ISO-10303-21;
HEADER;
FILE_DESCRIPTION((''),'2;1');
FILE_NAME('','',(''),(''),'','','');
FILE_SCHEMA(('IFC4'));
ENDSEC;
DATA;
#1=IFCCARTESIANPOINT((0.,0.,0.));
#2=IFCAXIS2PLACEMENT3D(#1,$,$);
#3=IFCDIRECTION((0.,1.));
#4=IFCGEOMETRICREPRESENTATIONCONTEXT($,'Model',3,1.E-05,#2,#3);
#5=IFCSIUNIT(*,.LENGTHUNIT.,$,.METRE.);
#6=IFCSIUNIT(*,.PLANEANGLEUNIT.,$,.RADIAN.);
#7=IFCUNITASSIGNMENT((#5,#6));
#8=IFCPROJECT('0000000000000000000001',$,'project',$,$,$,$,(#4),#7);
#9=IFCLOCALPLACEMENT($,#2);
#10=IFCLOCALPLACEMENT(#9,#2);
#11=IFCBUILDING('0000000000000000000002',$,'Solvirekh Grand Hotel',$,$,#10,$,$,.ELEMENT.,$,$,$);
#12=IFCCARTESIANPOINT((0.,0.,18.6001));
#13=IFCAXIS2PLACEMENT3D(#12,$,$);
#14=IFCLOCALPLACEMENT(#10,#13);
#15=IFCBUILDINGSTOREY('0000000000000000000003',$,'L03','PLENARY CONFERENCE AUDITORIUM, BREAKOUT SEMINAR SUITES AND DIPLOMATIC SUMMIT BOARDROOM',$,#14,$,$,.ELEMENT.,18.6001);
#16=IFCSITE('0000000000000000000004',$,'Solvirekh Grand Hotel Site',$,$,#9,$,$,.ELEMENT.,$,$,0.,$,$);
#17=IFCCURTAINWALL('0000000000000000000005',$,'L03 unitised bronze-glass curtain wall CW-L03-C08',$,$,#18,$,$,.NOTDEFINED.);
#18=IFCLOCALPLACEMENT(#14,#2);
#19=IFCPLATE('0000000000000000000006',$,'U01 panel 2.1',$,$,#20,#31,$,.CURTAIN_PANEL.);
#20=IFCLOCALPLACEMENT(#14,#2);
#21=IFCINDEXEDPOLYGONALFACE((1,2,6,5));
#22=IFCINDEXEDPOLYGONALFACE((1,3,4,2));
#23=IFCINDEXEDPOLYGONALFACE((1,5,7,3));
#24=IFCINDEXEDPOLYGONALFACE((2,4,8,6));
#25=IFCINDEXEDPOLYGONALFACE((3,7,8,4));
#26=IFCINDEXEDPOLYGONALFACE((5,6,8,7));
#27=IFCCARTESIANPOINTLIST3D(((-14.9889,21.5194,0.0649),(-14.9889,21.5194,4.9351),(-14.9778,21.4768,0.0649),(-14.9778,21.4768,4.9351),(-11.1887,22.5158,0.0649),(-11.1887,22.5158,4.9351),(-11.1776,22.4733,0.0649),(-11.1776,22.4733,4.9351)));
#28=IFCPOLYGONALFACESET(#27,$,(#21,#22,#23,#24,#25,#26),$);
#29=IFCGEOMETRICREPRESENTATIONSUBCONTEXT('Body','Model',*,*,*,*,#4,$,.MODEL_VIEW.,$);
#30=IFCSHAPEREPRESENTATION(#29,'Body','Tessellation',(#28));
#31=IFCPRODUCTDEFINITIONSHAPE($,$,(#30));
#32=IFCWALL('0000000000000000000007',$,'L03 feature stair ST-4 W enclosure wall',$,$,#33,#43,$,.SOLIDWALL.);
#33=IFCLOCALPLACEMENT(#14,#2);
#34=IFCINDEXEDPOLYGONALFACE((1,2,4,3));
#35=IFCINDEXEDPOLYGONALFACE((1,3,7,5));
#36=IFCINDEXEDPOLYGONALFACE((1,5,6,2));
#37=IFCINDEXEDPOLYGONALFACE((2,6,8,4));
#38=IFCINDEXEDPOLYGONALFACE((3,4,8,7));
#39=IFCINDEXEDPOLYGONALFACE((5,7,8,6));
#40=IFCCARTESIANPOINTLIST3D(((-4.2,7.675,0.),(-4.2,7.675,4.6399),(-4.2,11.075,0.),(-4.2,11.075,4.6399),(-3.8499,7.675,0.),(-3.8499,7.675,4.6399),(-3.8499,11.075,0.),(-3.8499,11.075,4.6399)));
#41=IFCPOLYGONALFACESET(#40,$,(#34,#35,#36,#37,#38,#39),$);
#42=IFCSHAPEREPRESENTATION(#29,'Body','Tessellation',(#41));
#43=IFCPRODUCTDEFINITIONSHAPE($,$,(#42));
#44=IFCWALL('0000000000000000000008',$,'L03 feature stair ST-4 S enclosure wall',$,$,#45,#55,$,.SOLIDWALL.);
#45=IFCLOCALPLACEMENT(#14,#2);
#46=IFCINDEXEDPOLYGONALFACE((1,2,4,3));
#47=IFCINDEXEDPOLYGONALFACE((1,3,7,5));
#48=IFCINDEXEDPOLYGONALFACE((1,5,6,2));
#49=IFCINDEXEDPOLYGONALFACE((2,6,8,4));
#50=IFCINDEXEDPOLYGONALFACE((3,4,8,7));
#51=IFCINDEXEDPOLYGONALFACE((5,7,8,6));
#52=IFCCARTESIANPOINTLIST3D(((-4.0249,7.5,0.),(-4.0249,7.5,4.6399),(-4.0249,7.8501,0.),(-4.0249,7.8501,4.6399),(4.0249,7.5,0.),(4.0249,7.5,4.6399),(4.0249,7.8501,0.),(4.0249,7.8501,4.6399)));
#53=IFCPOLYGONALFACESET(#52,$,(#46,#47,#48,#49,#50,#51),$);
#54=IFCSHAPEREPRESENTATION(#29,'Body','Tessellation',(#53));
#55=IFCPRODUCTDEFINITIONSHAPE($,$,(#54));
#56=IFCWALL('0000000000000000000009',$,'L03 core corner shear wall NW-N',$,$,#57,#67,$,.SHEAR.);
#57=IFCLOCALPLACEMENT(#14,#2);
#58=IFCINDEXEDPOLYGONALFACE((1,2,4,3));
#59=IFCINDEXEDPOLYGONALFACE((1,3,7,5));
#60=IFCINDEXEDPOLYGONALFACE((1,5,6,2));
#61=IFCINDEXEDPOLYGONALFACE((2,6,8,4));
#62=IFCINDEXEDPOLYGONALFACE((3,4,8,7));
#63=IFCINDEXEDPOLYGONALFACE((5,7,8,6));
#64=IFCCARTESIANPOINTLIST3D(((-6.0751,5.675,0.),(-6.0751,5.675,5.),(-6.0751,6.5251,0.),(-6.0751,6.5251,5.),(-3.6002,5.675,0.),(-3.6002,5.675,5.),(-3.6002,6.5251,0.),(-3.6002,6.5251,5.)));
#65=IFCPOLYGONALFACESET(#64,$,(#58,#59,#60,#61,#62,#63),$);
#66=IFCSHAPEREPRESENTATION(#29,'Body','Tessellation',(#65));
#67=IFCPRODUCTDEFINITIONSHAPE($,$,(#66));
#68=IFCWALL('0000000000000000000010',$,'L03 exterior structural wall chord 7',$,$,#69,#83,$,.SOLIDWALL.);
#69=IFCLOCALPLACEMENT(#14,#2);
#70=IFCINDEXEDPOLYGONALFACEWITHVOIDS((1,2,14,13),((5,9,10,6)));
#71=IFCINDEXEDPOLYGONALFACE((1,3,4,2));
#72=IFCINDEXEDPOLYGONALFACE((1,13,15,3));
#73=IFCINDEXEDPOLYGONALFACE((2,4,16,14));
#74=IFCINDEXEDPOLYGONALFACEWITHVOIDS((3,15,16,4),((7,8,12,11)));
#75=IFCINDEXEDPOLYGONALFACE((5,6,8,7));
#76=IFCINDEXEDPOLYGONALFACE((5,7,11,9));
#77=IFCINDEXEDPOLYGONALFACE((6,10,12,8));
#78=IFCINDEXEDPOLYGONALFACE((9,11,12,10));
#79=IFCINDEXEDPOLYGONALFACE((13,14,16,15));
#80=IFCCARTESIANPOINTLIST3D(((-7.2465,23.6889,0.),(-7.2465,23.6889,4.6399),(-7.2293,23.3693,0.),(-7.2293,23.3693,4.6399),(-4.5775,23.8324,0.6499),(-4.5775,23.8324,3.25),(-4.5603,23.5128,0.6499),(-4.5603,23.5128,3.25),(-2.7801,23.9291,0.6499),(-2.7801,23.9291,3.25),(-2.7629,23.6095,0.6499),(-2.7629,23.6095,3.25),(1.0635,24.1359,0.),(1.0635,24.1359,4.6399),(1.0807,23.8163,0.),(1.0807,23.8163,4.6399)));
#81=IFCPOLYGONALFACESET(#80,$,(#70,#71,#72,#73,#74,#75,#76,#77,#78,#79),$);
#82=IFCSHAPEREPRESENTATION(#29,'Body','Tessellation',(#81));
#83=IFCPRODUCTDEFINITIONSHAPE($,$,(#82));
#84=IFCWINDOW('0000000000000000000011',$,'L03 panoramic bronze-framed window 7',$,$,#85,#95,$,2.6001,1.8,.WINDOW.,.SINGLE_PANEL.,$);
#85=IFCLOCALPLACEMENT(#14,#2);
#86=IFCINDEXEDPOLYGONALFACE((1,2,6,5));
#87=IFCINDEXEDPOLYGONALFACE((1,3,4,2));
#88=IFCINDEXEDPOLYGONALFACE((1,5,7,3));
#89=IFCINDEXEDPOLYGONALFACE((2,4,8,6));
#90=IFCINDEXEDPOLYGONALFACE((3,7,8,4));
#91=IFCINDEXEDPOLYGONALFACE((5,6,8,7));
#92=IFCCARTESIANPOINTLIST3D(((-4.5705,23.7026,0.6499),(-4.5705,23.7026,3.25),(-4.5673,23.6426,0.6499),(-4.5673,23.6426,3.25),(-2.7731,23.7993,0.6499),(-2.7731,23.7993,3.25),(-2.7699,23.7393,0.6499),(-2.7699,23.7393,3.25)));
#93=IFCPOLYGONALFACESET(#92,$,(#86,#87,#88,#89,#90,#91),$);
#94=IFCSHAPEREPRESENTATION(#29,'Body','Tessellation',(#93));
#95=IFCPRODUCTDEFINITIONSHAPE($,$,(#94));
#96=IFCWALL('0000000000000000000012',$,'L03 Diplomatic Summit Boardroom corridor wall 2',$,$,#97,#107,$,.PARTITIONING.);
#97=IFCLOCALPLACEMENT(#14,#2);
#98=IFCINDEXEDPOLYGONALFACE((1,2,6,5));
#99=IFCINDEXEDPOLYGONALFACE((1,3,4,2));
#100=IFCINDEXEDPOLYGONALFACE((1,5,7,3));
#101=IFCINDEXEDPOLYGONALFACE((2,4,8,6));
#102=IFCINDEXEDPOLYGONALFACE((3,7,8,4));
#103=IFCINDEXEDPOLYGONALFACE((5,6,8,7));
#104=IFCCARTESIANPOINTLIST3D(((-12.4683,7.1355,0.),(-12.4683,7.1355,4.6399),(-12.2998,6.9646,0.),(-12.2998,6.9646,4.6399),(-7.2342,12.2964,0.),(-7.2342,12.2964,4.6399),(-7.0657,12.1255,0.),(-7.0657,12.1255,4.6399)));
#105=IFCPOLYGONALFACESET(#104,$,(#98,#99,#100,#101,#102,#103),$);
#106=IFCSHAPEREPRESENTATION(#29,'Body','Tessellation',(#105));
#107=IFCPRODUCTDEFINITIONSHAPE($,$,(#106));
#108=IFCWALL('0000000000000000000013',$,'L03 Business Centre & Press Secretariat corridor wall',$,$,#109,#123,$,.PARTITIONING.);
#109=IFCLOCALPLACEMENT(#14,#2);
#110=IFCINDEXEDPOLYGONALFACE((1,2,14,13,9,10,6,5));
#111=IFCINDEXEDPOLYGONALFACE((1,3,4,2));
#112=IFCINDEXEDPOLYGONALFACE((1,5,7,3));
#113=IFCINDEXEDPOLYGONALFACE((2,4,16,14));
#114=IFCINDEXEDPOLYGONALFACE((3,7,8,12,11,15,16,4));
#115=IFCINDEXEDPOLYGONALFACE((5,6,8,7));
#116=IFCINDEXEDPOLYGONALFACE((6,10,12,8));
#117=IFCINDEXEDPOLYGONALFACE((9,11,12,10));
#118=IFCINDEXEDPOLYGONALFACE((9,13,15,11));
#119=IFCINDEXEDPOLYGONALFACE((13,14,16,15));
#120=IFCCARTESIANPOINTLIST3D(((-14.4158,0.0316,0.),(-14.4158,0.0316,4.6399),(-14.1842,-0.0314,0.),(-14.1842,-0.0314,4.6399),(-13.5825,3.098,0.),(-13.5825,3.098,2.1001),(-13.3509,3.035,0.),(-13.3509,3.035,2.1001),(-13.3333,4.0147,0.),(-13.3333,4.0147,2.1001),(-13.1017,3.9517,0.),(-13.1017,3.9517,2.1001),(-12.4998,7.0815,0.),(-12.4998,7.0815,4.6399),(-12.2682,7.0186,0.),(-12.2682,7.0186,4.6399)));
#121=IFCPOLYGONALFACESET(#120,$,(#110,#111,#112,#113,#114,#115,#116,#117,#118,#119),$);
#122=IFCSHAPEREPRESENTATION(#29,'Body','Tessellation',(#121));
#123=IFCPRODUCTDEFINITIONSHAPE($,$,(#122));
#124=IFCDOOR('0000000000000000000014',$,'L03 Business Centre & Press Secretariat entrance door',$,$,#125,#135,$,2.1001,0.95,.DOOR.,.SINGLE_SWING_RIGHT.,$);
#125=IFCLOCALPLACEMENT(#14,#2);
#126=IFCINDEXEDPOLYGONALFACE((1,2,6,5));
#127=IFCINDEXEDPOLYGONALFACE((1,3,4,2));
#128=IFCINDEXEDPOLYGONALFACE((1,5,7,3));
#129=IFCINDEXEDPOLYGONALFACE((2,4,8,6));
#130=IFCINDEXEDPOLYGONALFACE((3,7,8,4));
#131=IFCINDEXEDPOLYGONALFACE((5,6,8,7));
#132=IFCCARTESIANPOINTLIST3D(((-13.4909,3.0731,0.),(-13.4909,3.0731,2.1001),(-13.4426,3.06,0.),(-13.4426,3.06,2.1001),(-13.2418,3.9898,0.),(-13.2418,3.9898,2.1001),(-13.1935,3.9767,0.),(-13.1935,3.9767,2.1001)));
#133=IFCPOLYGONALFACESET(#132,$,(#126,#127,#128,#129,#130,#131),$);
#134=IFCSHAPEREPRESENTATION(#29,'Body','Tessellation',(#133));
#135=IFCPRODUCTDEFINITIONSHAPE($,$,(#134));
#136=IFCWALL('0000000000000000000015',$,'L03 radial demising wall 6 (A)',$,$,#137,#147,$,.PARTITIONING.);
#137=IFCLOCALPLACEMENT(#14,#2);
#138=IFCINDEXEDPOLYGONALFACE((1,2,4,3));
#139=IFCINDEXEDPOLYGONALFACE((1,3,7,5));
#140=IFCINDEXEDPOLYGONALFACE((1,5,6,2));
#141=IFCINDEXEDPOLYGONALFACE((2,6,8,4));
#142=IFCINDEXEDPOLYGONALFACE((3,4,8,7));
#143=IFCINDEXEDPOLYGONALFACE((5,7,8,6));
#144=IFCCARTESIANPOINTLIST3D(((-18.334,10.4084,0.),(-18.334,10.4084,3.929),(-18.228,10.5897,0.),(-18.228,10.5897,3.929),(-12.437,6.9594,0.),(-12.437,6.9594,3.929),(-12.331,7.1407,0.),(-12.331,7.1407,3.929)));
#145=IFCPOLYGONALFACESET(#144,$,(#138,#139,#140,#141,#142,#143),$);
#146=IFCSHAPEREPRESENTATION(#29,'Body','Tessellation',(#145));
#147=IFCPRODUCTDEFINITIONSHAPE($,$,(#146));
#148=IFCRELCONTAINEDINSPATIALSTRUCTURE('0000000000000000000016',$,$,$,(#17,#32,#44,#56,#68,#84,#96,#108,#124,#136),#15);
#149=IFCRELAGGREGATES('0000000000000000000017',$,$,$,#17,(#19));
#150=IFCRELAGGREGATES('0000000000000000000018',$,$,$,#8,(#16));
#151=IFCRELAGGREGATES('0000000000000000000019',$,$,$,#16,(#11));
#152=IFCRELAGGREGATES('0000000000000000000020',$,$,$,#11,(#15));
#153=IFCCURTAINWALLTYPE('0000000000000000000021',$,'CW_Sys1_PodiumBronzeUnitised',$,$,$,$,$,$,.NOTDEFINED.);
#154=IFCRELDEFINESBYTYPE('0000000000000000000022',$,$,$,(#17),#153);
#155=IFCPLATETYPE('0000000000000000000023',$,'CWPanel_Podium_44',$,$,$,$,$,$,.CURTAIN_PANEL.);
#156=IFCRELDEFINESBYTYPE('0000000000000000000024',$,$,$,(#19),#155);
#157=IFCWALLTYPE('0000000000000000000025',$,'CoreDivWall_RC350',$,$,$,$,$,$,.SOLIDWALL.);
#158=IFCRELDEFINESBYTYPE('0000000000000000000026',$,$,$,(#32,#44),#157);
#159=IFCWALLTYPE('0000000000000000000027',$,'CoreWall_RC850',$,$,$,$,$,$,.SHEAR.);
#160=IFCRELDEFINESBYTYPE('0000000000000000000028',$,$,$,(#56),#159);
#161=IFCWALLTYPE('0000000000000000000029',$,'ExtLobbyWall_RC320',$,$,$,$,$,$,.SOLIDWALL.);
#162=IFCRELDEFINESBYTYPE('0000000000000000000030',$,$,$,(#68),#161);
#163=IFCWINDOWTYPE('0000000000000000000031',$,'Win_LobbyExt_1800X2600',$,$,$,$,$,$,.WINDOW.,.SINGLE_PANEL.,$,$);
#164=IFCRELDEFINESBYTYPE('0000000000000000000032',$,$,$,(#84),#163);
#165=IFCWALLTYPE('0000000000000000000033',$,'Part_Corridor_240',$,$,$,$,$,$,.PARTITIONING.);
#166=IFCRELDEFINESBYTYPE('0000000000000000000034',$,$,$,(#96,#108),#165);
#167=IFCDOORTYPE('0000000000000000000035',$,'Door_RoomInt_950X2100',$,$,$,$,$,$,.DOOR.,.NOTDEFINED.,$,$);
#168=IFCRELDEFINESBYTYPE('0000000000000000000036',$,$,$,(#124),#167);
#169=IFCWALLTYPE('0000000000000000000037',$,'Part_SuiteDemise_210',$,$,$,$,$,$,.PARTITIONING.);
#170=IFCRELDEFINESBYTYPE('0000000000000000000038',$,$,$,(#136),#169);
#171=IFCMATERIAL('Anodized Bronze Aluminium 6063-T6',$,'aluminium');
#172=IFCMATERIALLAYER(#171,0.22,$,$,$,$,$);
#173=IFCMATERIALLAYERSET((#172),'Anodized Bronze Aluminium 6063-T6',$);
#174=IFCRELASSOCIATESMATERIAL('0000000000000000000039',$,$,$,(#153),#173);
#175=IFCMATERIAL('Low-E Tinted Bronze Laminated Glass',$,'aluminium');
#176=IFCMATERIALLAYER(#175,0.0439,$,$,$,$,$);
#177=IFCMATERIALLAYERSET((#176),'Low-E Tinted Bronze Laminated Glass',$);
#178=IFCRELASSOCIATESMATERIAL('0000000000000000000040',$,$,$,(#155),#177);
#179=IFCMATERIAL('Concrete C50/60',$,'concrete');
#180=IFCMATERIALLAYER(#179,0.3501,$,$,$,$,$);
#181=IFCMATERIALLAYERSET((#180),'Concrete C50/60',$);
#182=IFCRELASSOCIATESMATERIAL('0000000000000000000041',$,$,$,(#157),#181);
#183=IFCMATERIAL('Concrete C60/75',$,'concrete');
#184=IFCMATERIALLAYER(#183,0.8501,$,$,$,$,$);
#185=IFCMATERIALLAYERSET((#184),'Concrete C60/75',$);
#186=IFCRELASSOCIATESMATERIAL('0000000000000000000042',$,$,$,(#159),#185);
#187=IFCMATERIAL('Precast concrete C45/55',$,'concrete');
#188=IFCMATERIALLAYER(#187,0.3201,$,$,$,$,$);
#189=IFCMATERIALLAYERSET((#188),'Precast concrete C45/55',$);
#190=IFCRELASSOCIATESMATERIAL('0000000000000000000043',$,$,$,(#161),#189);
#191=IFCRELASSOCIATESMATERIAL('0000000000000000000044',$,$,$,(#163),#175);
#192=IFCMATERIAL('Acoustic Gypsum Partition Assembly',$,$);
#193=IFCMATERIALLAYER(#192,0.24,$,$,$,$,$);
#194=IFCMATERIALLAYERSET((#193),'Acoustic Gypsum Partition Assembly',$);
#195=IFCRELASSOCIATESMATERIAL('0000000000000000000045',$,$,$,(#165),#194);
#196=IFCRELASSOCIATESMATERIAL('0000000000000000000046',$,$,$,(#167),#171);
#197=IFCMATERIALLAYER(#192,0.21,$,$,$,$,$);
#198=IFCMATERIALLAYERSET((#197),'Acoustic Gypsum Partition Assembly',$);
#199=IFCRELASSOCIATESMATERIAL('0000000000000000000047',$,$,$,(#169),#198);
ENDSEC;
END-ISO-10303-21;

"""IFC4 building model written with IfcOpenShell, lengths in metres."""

from ifc_helpers import new_model, si_unit, direction, frame, frame_2d, origin, origin_2d, place, context, subcontext, project, spatial, rectangle, extrude, source, transform, mapped, material, layer, layer_set, type_object, element, fill, aggregate, save


model = new_model("IFC4")

# Units and contexts
model_context = context("Model", 3, precision=1e-05, world=origin(), true_north=direction((0.0, 1.0)))
body_context = subcontext(model_context, "Body", "Model", "MODEL_VIEW")
ifc_project = project(units=[si_unit("LENGTHUNIT", "METRE"), si_unit("PLANEANGLEUNIT", "RADIAN")], contexts=[model_context])

# Site, building, storey
site_placement = place(None, origin())
site = spatial("IfcSite", under=ifc_project, at=site_placement, Name="Solvirekh Grand Hotel Site", CompositionType="ELEMENT", RefElevation=0.0)
building_placement = place(site_placement, origin())
building = spatial("IfcBuilding", under=site, at=building_placement, Name="Solvirekh Grand Hotel", CompositionType="ELEMENT")
storey_placement = place(building_placement, frame((0.0, 0.0, 18.6001)))
storey = spatial("IfcBuildingStorey", under=building, at=storey_placement, Name="L03", Description="PLENARY CONFERENCE AUDITORIUM, BREAKOUT SEMINAR SUITES AND DIPLOMATIC SUMMIT BOARDROOM", CompositionType="ELEMENT", Elevation=18.6001)

# Shared definitions
ifc_material_1 = material(Name="Concrete C60/75", Category="concrete")

# Curtain wall, plate
ifc_material_2 = material(Name="Anodized Bronze Aluminium 6063-T6", Category="aluminium")
ifc_layer_1 = layer(ifc_material_2, 0.22)
ifc_layer_set_1 = layer_set([ifc_layer_1], Name="Anodized Bronze Aluminium 6063-T6")
curtain_wall_type = type_object("IfcCurtainWallType", Name="CW_Sys1_PodiumBronzeUnitised", PredefinedType="NOTDEFINED", material=ifc_layer_set_1)
curtain_wall_placement = place(storey_placement, origin())
curtain_wall = element("IfcCurtainWall", 1, at=curtain_wall_placement, inside=storey, type_object=curtain_wall_type, Name="L03 unitised bronze-glass curtain wall CW-L03-C08", PredefinedType="NOTDEFINED")
ifc_material_3 = material(Name="Low-E Tinted Bronze Laminated Glass", Category="aluminium")
ifc_layer_2 = layer(ifc_material_3, 0.0439)
ifc_layer_set_2 = layer_set([ifc_layer_2], Name="Low-E Tinted Bronze Laminated Glass")
plate_type = type_object("IfcPlateType", Name="CWPanel_Podium_44", PredefinedType="CURTAIN_PANEL", material=ifc_layer_set_2)
shared_shape_1 = source(origin(), body_context, "Body", "SweptSolid", [
    extrude(rectangle(XDim=3.9287, YDim=0.0439, at=origin_2d()), origin(), (0.0, 0.0, 1.0), 4.8701),
])
plate_1_placement = place(storey_placement, frame((-13.0833, 21.9963, 0.0649), z_axis=(0.0, 0.0, 1.0), x_axis=(-0.967299, -0.253641, 0.0)))
plate_1 = element("IfcPlate", 2, at=plate_1_placement, type_object=plate_type, Name="U01 panel 2.1", PredefinedType="CURTAIN_PANEL", context=body_context, shape_type="MappedRepresentation", body=[
    mapped(shared_shape_1, transform((0.0, 0.0, 0.0), x_axis=(1.0, 0.0, 0.0), y_axis=(0.0, 1.0, 0.0), z_axis=(0.0, 0.0, 1.0), scale=1.0)),
])
aggregate(curtain_wall, [plate_1])

# Walls
ifc_material_4 = material(Name="Concrete C50/60", Category="concrete")
ifc_layer_3 = layer(ifc_material_4, 0.3501)
ifc_layer_set_3 = layer_set([ifc_layer_3], Name="Concrete C50/60")
wall_type_1 = type_object("IfcWallType", Name="CoreDivWall_RC350", PredefinedType="SOLIDWALL", material=ifc_layer_set_3)
wall_1_placement = place(storey_placement, frame((-4.0249, 11.075, 0.0), z_axis=(0.0, 0.0, 1.0), x_axis=(0.0, -1.0, 0.0)))
element("IfcWall", 3, at=wall_1_placement, inside=storey, type_object=wall_type_1, Name="L03 feature stair ST-4 W enclosure wall", PredefinedType="SOLIDWALL", context=body_context, shape_type="SweptSolid", body=[
    extrude(rectangle(XDim=3.3999, YDim=0.3501, at=frame_2d((1.7, 0.0))), origin(), (0.0, 0.0, 1.0), 4.6399),
])
wall_2_placement = place(storey_placement, frame((-4.0249, 7.675, 0.0), z_axis=(0.0, 0.0, 1.0), x_axis=(1.0, 0.0, 0.0)))
element("IfcWall", 4, at=wall_2_placement, inside=storey, type_object=wall_type_1, Name="L03 feature stair ST-4 S enclosure wall", PredefinedType="SOLIDWALL", context=body_context, shape_type="SweptSolid", body=[
    extrude(rectangle(XDim=8.0498, YDim=0.3501, at=frame_2d((4.0249, 0.0))), origin(), (0.0, 0.0, 1.0), 4.6399),
])
ifc_layer_4 = layer(ifc_material_1, 0.8501)
ifc_layer_set_4 = layer_set([ifc_layer_4], Name="Concrete C60/75")
wall_type_2 = type_object("IfcWallType", Name="CoreWall_RC850", PredefinedType="SHEAR", material=ifc_layer_set_4)
wall_3_placement = place(storey_placement, frame((-6.075, 6.1001, 0.0), z_axis=(0.0, 0.0, 1.0), x_axis=(1.0, 0.0, 0.0)))
element("IfcWall", 5, at=wall_3_placement, inside=storey, type_object=wall_type_2, Name="L03 core corner shear wall NW-N", PredefinedType="SHEAR", context=body_context, shape_type="SweptSolid", body=[
    extrude(rectangle(XDim=2.4749, YDim=0.8501, at=frame_2d((1.2373, 0.0))), origin(), (0.0, 0.0, 1.0), 5.0),
])

# Wall, opening, window
ifc_material_5 = material(Name="Precast concrete C45/55", Category="concrete")
ifc_layer_5 = layer(ifc_material_5, 0.3201)
ifc_layer_set_5 = layer_set([ifc_layer_5], Name="Precast concrete C45/55")
wall_type_3 = type_object("IfcWallType", Name="ExtLobbyWall_RC320", PredefinedType="SOLIDWALL", material=ifc_layer_set_5)
wall_4_placement = place(storey_placement, frame((-7.238, 23.5291, 0.0), z_axis=(0.0, 0.0, 1.0), x_axis=(0.998556, 0.053715, 0.0)))
wall_4 = element("IfcWall", 6, at=wall_4_placement, inside=storey, type_object=wall_type_3, Name="L03 exterior structural wall chord 7", PredefinedType="SOLIDWALL", context=body_context, shape_type="SweptSolid", body=[
    extrude(rectangle(XDim=8.322, YDim=0.3201, at=frame_2d((4.1611, 0.0))), origin(), (0.0, 0.0, 1.0), 4.6399),
])
opening_1_placement = place(wall_4_placement, frame((2.6731, 0.0, 0.6499)))
opening_1 = element("IfcOpeningElement", 7, at=opening_1_placement, cuts=wall_4, PredefinedType="OPENING", context=body_context, shape_type="SweptSolid", body=[
    extrude(rectangle(XDim=1.8, YDim=2.6001, at=frame_2d((0.8999, 1.3))), frame((0.0, 0.1699, 0.0), z_axis=(0.0, -1.0, 0.0), x_axis=(1.0, 0.0, 0.0)), (0.0, 0.0, 1.0), 0.3401),
])
window_type = type_object("IfcWindowType", Name="Win_LobbyExt_1800X2600", PartitioningType="SINGLE_PANEL", PredefinedType="WINDOW", material=ifc_material_3)
window_placement = place(opening_1_placement, origin())
window = element("IfcWindow", 8, at=window_placement, inside=storey, type_object=window_type, Name="L03 panoramic bronze-framed window 7", OverallHeight=2.6001, OverallWidth=1.8, PartitioningType="SINGLE_PANEL", PredefinedType="WINDOW", context=body_context, shape_type="SweptSolid", body=[
    extrude(rectangle(XDim=1.8, YDim=2.6001, at=frame_2d((0.8999, 1.3))), frame((0.0, 0.03, 0.0), z_axis=(0.0, -1.0, 0.0), x_axis=(1.0, 0.0, 0.0)), (0.0, 0.0, 1.0), 0.0601),
])
fill(opening_1, window)

# Wall
ifc_material_6 = material(Name="Acoustic Gypsum Partition Assembly")
ifc_layer_6 = layer(ifc_material_6, 0.24)
ifc_layer_set_6 = layer_set([ifc_layer_6], Name="Acoustic Gypsum Partition Assembly")
wall_type_4 = type_object("IfcWallType", Name="Part_Corridor_240", PredefinedType="PARTITIONING", material=ifc_layer_set_6)
wall_5_placement = place(storey_placement, frame((-7.1499, 12.2109, 0.0), z_axis=(0.0, 0.0, 1.0), x_axis=(-0.712071, -0.702107, 0.0)))
element("IfcWall", 9, at=wall_5_placement, inside=storey, type_object=wall_type_4, Name="L03 Diplomatic Summit Boardroom corridor wall 2", PredefinedType="PARTITIONING", context=body_context, shape_type="SweptSolid", body=[
    extrude(rectangle(XDim=7.3506, YDim=0.24, at=frame_2d((3.6753, 0.0))), origin(), (0.0, 0.0, 1.0), 4.6399),
])

# Wall, opening, door
wall_6_placement = place(storey_placement, frame((-12.384, 7.05, 0.0), z_axis=(0.0, 0.0, 1.0), x_axis=(-0.262261, -0.964997, 0.0)))
wall_6 = element("IfcWall", 10, at=wall_6_placement, inside=storey, type_object=wall_type_4, Name="L03 Business Centre & Press Secretariat corridor wall", PredefinedType="PARTITIONING", context=body_context, shape_type="SweptSolid", body=[
    extrude(rectangle(XDim=7.3057, YDim=0.24, at=frame_2d((3.6528, 0.0))), origin(), (0.0, 0.0, 1.0), 4.6399),
])
opening_2_placement = place(wall_6_placement, frame((3.178, 0.0, 0.0)))
opening_2 = element("IfcOpeningElement", 11, at=opening_2_placement, cuts=wall_6, PredefinedType="OPENING", context=body_context, shape_type="SweptSolid", body=[
    extrude(rectangle(XDim=0.95, YDim=2.1001, at=frame_2d((0.4751, 1.05))), frame((0.0, 0.1299, 0.0), z_axis=(0.0, -1.0, 0.0), x_axis=(1.0, 0.0, 0.0)), (0.0, 0.0, 1.0), 0.26),
])
door_type = type_object("IfcDoorType", Name="Door_RoomInt_950X2100", OperationType="NOTDEFINED", PredefinedType="DOOR", material=ifc_material_2)
door_placement = place(opening_2_placement, origin())
door = element("IfcDoor", 12, at=door_placement, inside=storey, type_object=door_type, Name="L03 Business Centre & Press Secretariat entrance door", OperationType="SINGLE_SWING_RIGHT", OverallHeight=2.1001, OverallWidth=0.95, PredefinedType="DOOR", context=body_context, shape_type="SweptSolid", body=[
    extrude(rectangle(XDim=0.95, YDim=2.1001, at=frame_2d((0.4751, 1.05))), frame((0.0, 0.0249, 0.0), z_axis=(0.0, -1.0, 0.0), x_axis=(1.0, 0.0, 0.0)), (0.0, 0.0, 1.0), 0.05),
])
fill(opening_2, door)

# Wall
ifc_layer_7 = layer(ifc_material_6, 0.21)
ifc_layer_set_7 = layer_set([ifc_layer_7], Name="Acoustic Gypsum Partition Assembly")
wall_type_5 = type_object("IfcWallType", Name="Part_SuiteDemise_210", PredefinedType="PARTITIONING", material=ifc_layer_set_7)
wall_7_placement = place(storey_placement, frame((-12.384, 7.05, 0.0), z_axis=(0.0, 0.0, 1.0), x_axis=(-0.8632, 0.504862, 0.0)))
element("IfcWall", 13, at=wall_7_placement, inside=storey, type_object=wall_type_5, Name="L03 radial demising wall 6 (A)", PredefinedType="PARTITIONING", context=body_context, shape_type="SweptSolid", body=[
    extrude(rectangle(XDim=6.8315, YDim=0.21, at=frame_2d((3.4158, 0.0))), origin(), (0.0, 0.0, 1.0), 3.929),
])

save(model, "model.ifc")
